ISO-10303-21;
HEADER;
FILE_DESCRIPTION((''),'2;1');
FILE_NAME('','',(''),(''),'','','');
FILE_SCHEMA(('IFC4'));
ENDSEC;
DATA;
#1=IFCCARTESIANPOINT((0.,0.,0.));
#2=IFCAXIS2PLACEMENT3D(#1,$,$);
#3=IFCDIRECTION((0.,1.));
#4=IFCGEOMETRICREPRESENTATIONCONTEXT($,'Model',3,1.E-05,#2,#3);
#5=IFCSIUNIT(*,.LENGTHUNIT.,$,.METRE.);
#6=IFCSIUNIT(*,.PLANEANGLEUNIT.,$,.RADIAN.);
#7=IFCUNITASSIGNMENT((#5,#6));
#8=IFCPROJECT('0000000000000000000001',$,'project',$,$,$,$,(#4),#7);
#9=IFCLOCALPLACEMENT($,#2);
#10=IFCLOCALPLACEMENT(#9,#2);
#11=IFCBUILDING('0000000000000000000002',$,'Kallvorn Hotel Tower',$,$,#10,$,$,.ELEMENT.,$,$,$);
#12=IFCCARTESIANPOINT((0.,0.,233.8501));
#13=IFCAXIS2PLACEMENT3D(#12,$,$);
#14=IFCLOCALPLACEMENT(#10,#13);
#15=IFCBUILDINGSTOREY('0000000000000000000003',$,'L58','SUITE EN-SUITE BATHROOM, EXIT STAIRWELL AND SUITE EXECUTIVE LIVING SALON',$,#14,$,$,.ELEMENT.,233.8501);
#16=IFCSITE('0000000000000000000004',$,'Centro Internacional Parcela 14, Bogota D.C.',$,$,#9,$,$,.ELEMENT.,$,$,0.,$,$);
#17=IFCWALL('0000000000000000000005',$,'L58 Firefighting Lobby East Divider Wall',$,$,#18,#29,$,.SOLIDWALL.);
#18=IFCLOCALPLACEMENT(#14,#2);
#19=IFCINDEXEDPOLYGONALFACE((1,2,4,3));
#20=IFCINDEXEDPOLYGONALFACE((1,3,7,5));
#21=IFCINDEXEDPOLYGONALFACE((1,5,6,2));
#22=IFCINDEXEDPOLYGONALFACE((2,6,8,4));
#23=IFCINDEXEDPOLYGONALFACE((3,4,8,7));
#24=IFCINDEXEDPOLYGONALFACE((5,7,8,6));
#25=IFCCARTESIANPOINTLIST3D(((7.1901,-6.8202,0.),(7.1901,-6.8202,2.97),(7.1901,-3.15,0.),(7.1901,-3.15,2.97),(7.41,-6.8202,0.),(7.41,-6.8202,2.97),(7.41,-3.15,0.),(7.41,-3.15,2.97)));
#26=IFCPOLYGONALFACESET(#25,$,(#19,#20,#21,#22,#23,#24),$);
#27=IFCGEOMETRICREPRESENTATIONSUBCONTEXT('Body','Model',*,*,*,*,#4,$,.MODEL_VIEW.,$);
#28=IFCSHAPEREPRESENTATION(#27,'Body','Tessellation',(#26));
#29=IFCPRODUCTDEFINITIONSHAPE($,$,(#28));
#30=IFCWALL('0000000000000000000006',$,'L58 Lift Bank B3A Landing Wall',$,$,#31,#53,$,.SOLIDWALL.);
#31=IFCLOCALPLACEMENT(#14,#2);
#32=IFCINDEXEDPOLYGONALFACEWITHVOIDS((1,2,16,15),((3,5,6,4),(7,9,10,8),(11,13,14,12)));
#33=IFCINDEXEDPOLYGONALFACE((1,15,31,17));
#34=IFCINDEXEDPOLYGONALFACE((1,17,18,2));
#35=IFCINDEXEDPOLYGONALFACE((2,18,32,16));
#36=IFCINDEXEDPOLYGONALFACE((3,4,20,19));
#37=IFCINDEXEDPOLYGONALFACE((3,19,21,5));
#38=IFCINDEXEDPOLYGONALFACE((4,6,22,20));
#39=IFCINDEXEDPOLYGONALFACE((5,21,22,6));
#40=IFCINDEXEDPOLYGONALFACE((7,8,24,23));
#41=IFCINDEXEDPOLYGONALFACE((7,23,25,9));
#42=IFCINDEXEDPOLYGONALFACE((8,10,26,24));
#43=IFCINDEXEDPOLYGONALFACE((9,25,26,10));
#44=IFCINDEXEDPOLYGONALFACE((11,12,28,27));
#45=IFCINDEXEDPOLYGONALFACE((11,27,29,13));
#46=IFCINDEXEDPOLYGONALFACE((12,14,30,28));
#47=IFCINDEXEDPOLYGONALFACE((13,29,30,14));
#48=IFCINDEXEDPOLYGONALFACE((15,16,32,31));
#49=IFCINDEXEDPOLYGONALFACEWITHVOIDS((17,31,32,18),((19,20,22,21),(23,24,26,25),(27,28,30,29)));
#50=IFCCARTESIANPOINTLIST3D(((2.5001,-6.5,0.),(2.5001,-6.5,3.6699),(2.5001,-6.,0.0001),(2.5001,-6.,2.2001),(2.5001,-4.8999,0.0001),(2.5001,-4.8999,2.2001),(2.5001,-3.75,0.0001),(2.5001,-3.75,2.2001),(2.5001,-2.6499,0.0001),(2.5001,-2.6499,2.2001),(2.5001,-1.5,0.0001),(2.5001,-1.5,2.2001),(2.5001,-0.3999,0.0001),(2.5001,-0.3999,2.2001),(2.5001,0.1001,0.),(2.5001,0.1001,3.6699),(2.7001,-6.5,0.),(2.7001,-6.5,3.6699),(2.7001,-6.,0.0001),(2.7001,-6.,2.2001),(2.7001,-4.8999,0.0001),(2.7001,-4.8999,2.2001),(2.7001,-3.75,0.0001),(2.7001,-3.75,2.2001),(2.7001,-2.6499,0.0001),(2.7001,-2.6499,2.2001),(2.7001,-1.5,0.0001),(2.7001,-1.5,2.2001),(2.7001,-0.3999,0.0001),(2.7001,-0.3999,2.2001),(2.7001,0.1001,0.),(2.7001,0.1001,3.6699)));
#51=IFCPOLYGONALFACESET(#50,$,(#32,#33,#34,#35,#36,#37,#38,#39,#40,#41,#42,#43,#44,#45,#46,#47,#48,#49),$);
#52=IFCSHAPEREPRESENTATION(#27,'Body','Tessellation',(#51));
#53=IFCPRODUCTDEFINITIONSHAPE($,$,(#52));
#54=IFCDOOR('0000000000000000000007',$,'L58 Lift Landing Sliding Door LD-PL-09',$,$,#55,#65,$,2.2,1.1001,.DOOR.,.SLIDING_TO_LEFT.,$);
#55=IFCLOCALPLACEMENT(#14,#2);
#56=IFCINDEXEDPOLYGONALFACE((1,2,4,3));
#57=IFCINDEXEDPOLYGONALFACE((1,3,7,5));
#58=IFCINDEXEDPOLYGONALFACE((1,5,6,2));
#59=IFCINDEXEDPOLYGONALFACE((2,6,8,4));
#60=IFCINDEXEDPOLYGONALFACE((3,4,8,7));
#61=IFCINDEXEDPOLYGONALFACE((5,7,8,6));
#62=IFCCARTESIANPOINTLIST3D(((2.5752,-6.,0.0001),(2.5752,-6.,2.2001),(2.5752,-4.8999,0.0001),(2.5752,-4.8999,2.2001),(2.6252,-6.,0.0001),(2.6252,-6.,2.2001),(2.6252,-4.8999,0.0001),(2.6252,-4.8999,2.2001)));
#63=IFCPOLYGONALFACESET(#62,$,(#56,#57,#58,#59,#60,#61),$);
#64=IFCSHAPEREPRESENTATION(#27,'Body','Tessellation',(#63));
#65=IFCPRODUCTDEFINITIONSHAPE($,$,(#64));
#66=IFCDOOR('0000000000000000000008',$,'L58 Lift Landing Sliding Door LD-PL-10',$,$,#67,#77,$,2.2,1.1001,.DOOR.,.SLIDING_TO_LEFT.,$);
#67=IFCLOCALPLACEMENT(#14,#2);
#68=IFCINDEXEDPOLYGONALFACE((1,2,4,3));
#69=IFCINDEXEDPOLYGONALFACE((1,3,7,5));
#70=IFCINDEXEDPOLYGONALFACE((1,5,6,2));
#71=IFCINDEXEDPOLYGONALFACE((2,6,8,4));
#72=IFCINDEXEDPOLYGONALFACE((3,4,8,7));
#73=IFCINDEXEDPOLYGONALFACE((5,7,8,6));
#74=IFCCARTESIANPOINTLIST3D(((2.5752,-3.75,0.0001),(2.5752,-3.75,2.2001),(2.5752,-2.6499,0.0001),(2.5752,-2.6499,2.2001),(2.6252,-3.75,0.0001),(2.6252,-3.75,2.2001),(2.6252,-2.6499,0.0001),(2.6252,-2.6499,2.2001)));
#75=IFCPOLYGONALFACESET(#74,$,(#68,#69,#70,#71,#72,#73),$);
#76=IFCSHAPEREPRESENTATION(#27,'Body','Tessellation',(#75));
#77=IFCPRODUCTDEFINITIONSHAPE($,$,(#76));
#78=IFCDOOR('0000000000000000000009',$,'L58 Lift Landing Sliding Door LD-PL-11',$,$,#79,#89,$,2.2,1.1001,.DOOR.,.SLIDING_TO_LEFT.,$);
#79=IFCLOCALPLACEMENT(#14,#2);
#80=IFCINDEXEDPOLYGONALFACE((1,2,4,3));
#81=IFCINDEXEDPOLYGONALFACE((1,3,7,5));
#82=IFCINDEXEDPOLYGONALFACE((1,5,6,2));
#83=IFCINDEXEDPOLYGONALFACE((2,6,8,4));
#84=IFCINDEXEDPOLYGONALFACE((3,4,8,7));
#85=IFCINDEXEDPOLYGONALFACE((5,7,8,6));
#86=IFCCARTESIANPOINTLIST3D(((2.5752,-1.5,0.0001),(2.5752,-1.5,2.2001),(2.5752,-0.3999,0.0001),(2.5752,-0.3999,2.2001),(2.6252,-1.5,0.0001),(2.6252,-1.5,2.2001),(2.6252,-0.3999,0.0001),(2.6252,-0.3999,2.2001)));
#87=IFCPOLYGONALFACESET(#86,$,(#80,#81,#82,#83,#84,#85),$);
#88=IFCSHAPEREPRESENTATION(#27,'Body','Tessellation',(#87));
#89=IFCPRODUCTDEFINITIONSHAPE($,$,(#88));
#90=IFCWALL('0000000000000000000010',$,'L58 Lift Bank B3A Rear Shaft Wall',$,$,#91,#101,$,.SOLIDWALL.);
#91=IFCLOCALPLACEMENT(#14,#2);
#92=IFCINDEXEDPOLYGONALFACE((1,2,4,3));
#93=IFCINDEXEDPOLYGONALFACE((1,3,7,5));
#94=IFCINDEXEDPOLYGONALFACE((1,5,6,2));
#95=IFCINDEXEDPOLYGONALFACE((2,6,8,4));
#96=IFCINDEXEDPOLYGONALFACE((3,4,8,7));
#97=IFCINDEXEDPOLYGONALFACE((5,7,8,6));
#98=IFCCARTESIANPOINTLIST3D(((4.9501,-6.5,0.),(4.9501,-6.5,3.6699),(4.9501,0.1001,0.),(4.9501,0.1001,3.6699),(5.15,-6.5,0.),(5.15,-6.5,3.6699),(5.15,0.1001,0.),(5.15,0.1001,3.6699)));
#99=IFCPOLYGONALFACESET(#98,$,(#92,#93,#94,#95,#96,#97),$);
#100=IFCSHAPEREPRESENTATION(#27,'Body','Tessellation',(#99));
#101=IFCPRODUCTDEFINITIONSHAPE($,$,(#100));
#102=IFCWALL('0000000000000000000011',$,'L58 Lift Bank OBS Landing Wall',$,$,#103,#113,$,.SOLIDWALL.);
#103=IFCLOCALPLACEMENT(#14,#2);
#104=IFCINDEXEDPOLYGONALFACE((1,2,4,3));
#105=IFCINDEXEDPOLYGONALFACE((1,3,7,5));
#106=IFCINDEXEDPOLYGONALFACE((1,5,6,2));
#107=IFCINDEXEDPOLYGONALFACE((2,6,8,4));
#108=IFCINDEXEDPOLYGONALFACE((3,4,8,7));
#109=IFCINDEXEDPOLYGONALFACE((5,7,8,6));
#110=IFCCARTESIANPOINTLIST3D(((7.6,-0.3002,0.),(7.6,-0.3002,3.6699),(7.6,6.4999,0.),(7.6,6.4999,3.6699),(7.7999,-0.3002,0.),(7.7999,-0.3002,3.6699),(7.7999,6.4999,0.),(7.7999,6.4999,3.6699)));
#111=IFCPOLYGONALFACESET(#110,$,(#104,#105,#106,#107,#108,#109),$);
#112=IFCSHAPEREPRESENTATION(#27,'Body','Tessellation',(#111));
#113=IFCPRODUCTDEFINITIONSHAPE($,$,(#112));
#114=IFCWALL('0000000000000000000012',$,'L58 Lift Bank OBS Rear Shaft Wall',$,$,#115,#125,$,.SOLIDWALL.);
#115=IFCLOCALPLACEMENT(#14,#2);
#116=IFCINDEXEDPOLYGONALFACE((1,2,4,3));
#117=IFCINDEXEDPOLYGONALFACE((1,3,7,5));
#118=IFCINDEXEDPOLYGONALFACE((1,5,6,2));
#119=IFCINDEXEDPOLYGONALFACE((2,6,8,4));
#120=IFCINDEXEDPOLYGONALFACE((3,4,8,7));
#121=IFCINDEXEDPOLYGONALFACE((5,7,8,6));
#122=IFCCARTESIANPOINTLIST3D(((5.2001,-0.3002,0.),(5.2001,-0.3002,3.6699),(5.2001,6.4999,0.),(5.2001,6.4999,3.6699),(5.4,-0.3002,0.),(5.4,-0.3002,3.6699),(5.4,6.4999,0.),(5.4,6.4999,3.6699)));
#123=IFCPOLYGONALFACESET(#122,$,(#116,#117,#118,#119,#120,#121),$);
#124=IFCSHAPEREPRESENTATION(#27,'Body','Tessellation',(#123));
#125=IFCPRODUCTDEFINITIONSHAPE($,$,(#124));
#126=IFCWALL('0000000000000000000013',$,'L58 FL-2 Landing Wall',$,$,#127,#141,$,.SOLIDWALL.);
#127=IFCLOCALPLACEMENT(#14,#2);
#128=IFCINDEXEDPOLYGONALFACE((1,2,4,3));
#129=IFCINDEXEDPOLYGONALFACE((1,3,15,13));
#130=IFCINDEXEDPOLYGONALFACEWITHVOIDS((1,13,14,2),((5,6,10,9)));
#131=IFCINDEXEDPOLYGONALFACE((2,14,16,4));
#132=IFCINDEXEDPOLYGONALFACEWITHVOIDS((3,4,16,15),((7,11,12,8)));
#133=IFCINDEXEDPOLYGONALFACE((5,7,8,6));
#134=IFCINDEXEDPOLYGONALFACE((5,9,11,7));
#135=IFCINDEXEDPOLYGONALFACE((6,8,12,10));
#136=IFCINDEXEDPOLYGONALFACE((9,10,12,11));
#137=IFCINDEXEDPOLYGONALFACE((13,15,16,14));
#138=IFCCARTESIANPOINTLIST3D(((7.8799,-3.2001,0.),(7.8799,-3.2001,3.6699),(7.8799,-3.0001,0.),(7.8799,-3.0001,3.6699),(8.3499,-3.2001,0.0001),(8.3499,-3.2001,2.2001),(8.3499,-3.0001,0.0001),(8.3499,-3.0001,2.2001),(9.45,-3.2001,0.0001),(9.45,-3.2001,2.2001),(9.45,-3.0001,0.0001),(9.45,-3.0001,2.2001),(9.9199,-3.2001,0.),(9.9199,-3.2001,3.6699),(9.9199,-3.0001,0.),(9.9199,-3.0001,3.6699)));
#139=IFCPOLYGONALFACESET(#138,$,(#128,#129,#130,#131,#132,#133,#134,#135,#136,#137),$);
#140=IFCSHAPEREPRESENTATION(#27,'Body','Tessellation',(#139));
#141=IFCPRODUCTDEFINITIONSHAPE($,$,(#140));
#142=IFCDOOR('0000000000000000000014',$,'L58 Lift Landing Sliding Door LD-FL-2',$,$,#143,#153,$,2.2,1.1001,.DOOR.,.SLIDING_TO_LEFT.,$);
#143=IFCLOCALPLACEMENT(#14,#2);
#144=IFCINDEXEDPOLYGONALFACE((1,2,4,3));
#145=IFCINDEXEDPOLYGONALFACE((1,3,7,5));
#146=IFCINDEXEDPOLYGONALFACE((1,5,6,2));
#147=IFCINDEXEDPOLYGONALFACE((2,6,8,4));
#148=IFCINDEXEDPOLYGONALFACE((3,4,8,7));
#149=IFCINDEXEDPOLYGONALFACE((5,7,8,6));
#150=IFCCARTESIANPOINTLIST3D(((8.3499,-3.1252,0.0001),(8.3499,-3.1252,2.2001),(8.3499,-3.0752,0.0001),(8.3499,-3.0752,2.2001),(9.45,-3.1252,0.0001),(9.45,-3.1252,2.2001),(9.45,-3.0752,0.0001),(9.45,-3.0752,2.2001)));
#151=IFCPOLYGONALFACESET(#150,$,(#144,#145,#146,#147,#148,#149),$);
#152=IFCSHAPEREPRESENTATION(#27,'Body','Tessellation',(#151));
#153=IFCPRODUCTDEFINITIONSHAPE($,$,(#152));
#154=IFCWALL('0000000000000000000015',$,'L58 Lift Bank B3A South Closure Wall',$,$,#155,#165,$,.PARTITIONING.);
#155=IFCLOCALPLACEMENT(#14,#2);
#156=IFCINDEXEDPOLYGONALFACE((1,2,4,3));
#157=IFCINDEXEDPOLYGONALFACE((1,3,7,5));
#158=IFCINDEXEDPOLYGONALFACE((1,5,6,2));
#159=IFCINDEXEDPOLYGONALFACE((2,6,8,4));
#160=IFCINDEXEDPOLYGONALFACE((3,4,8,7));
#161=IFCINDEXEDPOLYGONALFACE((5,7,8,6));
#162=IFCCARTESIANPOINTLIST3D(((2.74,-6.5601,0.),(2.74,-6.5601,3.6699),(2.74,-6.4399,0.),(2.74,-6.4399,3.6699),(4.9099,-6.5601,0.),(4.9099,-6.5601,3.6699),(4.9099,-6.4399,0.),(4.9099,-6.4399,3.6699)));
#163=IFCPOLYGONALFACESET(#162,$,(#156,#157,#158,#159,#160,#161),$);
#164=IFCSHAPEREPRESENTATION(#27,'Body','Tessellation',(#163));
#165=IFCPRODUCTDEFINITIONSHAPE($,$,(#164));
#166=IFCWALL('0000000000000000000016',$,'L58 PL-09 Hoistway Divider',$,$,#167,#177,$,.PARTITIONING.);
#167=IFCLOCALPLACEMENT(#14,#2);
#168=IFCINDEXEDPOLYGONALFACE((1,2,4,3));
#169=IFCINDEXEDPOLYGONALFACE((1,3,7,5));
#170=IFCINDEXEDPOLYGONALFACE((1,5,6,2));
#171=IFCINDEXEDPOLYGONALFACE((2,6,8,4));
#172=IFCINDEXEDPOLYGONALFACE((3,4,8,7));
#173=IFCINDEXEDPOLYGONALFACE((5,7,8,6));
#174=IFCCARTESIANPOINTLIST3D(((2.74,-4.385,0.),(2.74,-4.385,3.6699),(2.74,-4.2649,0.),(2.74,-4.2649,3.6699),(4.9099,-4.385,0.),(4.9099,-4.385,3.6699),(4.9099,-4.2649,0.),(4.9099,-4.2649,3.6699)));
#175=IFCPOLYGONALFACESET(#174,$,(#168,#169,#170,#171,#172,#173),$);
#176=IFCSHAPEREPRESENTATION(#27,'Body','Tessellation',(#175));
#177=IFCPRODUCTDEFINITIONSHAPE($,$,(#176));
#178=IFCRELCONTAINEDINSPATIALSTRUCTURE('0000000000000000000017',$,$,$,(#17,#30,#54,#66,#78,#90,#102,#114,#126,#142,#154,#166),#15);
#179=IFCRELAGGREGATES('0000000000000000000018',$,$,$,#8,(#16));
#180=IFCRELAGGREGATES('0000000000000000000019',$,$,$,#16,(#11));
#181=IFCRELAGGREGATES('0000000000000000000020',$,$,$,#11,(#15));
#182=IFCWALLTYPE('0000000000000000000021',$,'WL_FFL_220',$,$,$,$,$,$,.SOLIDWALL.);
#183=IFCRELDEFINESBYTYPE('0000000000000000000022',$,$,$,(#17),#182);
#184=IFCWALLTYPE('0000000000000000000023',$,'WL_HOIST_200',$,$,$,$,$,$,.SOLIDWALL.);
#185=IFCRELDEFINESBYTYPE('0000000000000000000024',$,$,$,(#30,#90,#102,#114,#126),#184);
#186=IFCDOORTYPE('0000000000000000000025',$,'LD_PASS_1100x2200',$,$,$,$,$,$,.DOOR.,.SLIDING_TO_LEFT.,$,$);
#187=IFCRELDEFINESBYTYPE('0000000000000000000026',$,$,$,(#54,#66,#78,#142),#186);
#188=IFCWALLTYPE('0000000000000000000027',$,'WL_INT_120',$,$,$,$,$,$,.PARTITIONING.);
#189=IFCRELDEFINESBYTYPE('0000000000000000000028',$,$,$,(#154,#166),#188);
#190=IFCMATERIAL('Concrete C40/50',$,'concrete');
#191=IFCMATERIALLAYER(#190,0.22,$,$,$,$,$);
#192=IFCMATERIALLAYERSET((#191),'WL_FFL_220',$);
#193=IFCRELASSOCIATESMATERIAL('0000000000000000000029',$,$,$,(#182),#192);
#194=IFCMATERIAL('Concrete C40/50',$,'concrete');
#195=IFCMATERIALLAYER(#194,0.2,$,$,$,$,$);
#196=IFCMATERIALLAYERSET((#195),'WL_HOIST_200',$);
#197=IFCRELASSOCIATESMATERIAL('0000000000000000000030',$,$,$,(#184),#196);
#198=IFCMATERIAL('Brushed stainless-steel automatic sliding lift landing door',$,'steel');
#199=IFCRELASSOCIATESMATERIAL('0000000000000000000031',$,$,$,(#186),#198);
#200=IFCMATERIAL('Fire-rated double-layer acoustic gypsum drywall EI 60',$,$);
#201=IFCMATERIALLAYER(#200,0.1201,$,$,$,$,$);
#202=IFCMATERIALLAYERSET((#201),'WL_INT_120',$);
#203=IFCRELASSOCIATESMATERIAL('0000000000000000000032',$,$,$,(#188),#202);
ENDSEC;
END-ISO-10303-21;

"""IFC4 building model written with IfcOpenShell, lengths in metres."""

from ifc_helpers import new_model, si_unit, direction, frame, frame_2d, origin, place, context, subcontext, project, spatial, rectangle, extrude, material, layer, layer_set, type_object, element, fill, save


model = new_model("IFC4")

# Units and contexts
model_context = context("Model", 3, precision=1e-05, world=origin(), true_north=direction((0.0, 1.0)))
body_context = subcontext(model_context, "Body", "Model", "MODEL_VIEW")
ifc_project = project(units=[si_unit("LENGTHUNIT", "METRE"), si_unit("PLANEANGLEUNIT", "RADIAN")], contexts=[model_context])

# Site, building, storey
site_placement = place(None, origin())
site = spatial("IfcSite", under=ifc_project, at=site_placement, Name="Centro Internacional Parcela 14, Bogota D.C.", CompositionType="ELEMENT", RefElevation=0.0)
building_placement = place(site_placement, origin())
building = spatial("IfcBuilding", under=site, at=building_placement, Name="Kallvorn Hotel Tower", CompositionType="ELEMENT")
storey_placement = place(building_placement, frame((0.0, 0.0, 233.8501)))
storey = spatial("IfcBuildingStorey", under=building, at=storey_placement, Name="L58", Description="SUITE EN-SUITE BATHROOM, EXIT STAIRWELL AND SUITE EXECUTIVE LIVING SALON", CompositionType="ELEMENT", Elevation=233.8501)

# Wall
ifc_material_1 = material(Name="Concrete C40/50", Category="concrete")
ifc_layer_1 = layer(ifc_material_1, 0.22)
ifc_layer_set_1 = layer_set([ifc_layer_1], Name="WL_FFL_220")
wall_type_1 = type_object("IfcWallType", Name="WL_FFL_220", PredefinedType="SOLIDWALL", material=ifc_layer_set_1)
wall_1_placement = place(storey_placement, frame((7.3, -6.8201, 0.0), z_axis=(0.0, 0.0, 1.0), x_axis=(0.0, 1.0, 0.0)))
element("IfcWall", 1, at=wall_1_placement, inside=storey, type_object=wall_type_1, Name="L58 Firefighting Lobby East Divider Wall", PredefinedType="SOLIDWALL", context=body_context, shape_type="SweptSolid", body=[
    extrude(rectangle(XDim=3.6702, YDim=0.22, at=frame_2d((1.835, 0.0))), origin(), (0.0, 0.0, 1.0), 2.97),
])

# Wall, openings, doors
ifc_material_2 = material(Name="Concrete C40/50", Category="concrete")
ifc_layer_2 = layer(ifc_material_2, 0.2)
ifc_layer_set_2 = layer_set([ifc_layer_2], Name="WL_HOIST_200")
wall_type_2 = type_object("IfcWallType", Name="WL_HOIST_200", PredefinedType="SOLIDWALL", material=ifc_layer_set_2)
wall_2_placement = place(storey_placement, frame((2.6001, -6.5, 0.0), z_axis=(0.0, 0.0, 1.0), x_axis=(0.0, 1.0, 0.0)))
wall_2 = element("IfcWall", 2, at=wall_2_placement, inside=storey, type_object=wall_type_2, Name="L58 Lift Bank B3A Landing Wall", PredefinedType="SOLIDWALL", context=body_context, shape_type="SweptSolid", body=[
    extrude(rectangle(XDim=6.6001, YDim=0.2, at=frame_2d((3.3, 0.0))), origin(), (0.0, 0.0, 1.0), 3.6699),
])
opening_1_placement = place(wall_2_placement, frame((0.5, 0.0, 0.0)))
opening_1 = element("IfcOpeningElement", 3, at=opening_1_placement, cuts=wall_2, PredefinedType="OPENING", context=body_context, shape_type="SweptSolid", body=[
    extrude(rectangle(XDim=1.1001, YDim=2.2, at=frame_2d((0.55, 1.1001))), frame((0.0, 0.115, 0.0), z_axis=(0.0, -1.0, 0.0), x_axis=(1.0, 0.0, 0.0)), (0.0, 0.0, 1.0), 0.23),
])
opening_2_placement = place(wall_2_placement, frame((2.75, 0.0, 0.0)))
opening_2 = element("IfcOpeningElement", 4, at=opening_2_placement, cuts=wall_2, PredefinedType="OPENING", context=body_context, shape_type="SweptSolid", body=[
    extrude(rectangle(XDim=1.1001, YDim=2.2, at=frame_2d((0.55, 1.1001))), frame((0.0, 0.115, 0.0), z_axis=(0.0, -1.0, 0.0), x_axis=(1.0, 0.0, 0.0)), (0.0, 0.0, 1.0), 0.23),
])
opening_3_placement = place(wall_2_placement, frame((5.0, 0.0, 0.0)))
opening_3 = element("IfcOpeningElement", 5, at=opening_3_placement, cuts=wall_2, PredefinedType="OPENING", context=body_context, shape_type="SweptSolid", body=[
    extrude(rectangle(XDim=1.1001, YDim=2.2, at=frame_2d((0.55, 1.1001))), frame((0.0, 0.115, 0.0), z_axis=(0.0, -1.0, 0.0), x_axis=(1.0, 0.0, 0.0)), (0.0, 0.0, 1.0), 0.23),
])
ifc_material_3 = material(Name="Brushed stainless-steel automatic sliding lift landing door", Category="steel")
door_type_1 = type_object("IfcDoorType", Name="LD_PASS_1100x2200", OperationType="SLIDING_TO_LEFT", PredefinedType="DOOR", material=ifc_material_3)
door_1_placement = place(opening_1_placement, origin())
door_1 = element("IfcDoor", 6, at=door_1_placement, inside=storey, type_object=door_type_1, Name="L58 Lift Landing Sliding Door LD-PL-09", OperationType="SLIDING_TO_LEFT", OverallHeight=2.2, OverallWidth=1.1001, PredefinedType="DOOR", context=body_context, shape_type="SweptSolid", body=[
    extrude(rectangle(XDim=1.1001, YDim=2.2, at=frame_2d((0.55, 1.1001))), frame((0.0, 0.0249, 0.0), z_axis=(0.0, -1.0, 0.0), x_axis=(1.0, 0.0, 0.0)), (0.0, 0.0, 1.0), 0.05),
])
fill(opening_1, door_1)
door_2_placement = place(opening_2_placement, origin())
door_2 = element("IfcDoor", 7, at=door_2_placement, inside=storey, type_object=door_type_1, Name="L58 Lift Landing Sliding Door LD-PL-10", OperationType="SLIDING_TO_LEFT", OverallHeight=2.2, OverallWidth=1.1001, PredefinedType="DOOR", context=body_context, shape_type="SweptSolid", body=[
    extrude(rectangle(XDim=1.1001, YDim=2.2, at=frame_2d((0.55, 1.1001))), frame((0.0, 0.0249, 0.0), z_axis=(0.0, -1.0, 0.0), x_axis=(1.0, 0.0, 0.0)), (0.0, 0.0, 1.0), 0.05),
])
fill(opening_2, door_2)
door_3_placement = place(opening_3_placement, origin())
door_3 = element("IfcDoor", 8, at=door_3_placement, inside=storey, type_object=door_type_1, Name="L58 Lift Landing Sliding Door LD-PL-11", OperationType="SLIDING_TO_LEFT", OverallHeight=2.2, OverallWidth=1.1001, PredefinedType="DOOR", context=body_context, shape_type="SweptSolid", body=[
    extrude(rectangle(XDim=1.1001, YDim=2.2, at=frame_2d((0.55, 1.1001))), frame((0.0, 0.0249, 0.0), z_axis=(0.0, -1.0, 0.0), x_axis=(1.0, 0.0, 0.0)), (0.0, 0.0, 1.0), 0.05),
])
fill(opening_3, door_3)

# Walls
wall_3_placement = place(storey_placement, frame((5.05, -6.5, 0.0), z_axis=(0.0, 0.0, 1.0), x_axis=(0.0, 1.0, 0.0)))
element("IfcWall", 9, at=wall_3_placement, inside=storey, type_object=wall_type_2, Name="L58 Lift Bank B3A Rear Shaft Wall", PredefinedType="SOLIDWALL", context=body_context, shape_type="SweptSolid", body=[
    extrude(rectangle(XDim=6.6001, YDim=0.2, at=frame_2d((3.3, 0.0))), origin(), (0.0, 0.0, 1.0), 3.6699),
])
for number, where, z_axis, x_axis, name in (
    (10, (7.7, -0.3, 0.0), (0.0, 0.0, 1.0), (0.0, 1.0, 0.0), "L58 Lift Bank OBS Landing Wall"),
    (11, (5.3, -0.3, 0.0), (0.0, 0.0, 1.0), (0.0, 1.0, 0.0), "L58 Lift Bank OBS Rear Shaft Wall"),
):
    element("IfcWall", number, at=place(storey_placement, frame(where, z_axis=z_axis, x_axis=x_axis)), inside=storey, type_object=wall_type_2, Name=name, PredefinedType="SOLIDWALL", context=body_context, shape_type="SweptSolid", body=[
        extrude(rectangle(XDim=6.8, YDim=0.2, at=frame_2d((3.3999, 0.0))), origin(), (0.0, 0.0, 1.0), 3.6699),
    ])

# Wall, opening, door
wall_4_placement = place(storey_placement, frame((7.8799, -3.1001, 0.0), z_axis=(0.0, 0.0, 1.0), x_axis=(1.0, 0.0, 0.0)))
wall_4 = element("IfcWall", 12, at=wall_4_placement, inside=storey, type_object=wall_type_2, Name="L58 FL-2 Landing Wall", PredefinedType="SOLIDWALL", context=body_context, shape_type="SweptSolid", body=[
    extrude(rectangle(XDim=2.04, YDim=0.2, at=frame_2d((1.02, 0.0))), origin(), (0.0, 0.0, 1.0), 3.6699),
])
opening_4_placement = place(wall_4_placement, frame((0.47, 0.0, 0.0)))
opening_4 = element("IfcOpeningElement", 13, at=opening_4_placement, cuts=wall_4, PredefinedType="OPENING", context=body_context, shape_type="SweptSolid", body=[
    extrude(rectangle(XDim=1.1001, YDim=2.2, at=frame_2d((0.55, 1.1001))), frame((0.0, 0.115, 0.0), z_axis=(0.0, -1.0, 0.0), x_axis=(1.0, 0.0, 0.0)), (0.0, 0.0, 1.0), 0.23),
])
door_4_placement = place(opening_4_placement, origin())
door_4 = element("IfcDoor", 14, at=door_4_placement, inside=storey, type_object=door_type_1, Name="L58 Lift Landing Sliding Door LD-FL-2", OperationType="SLIDING_TO_LEFT", OverallHeight=2.2, OverallWidth=1.1001, PredefinedType="DOOR", context=body_context, shape_type="SweptSolid", body=[
    extrude(rectangle(XDim=1.1001, YDim=2.2, at=frame_2d((0.55, 1.1001))), frame((0.0, 0.0249, 0.0), z_axis=(0.0, -1.0, 0.0), x_axis=(1.0, 0.0, 0.0)), (0.0, 0.0, 1.0), 0.05),
])
fill(opening_4, door_4)

# Walls
ifc_material_4 = material(Name="Fire-rated double-layer acoustic gypsum drywall EI 60")
ifc_layer_3 = layer(ifc_material_4, 0.1201)
ifc_layer_set_3 = layer_set([ifc_layer_3], Name="WL_INT_120")
wall_type_3 = type_object("IfcWallType", Name="WL_INT_120", PredefinedType="PARTITIONING", material=ifc_layer_set_3)
for number, where, z_axis, x_axis, name in (
    (15, (2.74, -6.5, 0.0), (0.0, 0.0, 1.0), (1.0, 0.0, 0.0), "L58 Lift Bank B3A South Closure Wall"),
    (16, (2.74, -4.325, 0.0), (0.0, 0.0, 1.0), (1.0, 0.0, 0.0), "L58 PL-09 Hoistway Divider"),
):
    element("IfcWall", number, at=place(storey_placement, frame(where, z_axis=z_axis, x_axis=x_axis)), inside=storey, type_object=wall_type_3, Name=name, PredefinedType="PARTITIONING", context=body_context, shape_type="SweptSolid", body=[
        extrude(rectangle(XDim=2.1699, YDim=0.1201, at=frame_2d((1.085, 0.0))), origin(), (0.0, 0.0, 1.0), 3.6699),
    ])

save(model, "model.ifc")
